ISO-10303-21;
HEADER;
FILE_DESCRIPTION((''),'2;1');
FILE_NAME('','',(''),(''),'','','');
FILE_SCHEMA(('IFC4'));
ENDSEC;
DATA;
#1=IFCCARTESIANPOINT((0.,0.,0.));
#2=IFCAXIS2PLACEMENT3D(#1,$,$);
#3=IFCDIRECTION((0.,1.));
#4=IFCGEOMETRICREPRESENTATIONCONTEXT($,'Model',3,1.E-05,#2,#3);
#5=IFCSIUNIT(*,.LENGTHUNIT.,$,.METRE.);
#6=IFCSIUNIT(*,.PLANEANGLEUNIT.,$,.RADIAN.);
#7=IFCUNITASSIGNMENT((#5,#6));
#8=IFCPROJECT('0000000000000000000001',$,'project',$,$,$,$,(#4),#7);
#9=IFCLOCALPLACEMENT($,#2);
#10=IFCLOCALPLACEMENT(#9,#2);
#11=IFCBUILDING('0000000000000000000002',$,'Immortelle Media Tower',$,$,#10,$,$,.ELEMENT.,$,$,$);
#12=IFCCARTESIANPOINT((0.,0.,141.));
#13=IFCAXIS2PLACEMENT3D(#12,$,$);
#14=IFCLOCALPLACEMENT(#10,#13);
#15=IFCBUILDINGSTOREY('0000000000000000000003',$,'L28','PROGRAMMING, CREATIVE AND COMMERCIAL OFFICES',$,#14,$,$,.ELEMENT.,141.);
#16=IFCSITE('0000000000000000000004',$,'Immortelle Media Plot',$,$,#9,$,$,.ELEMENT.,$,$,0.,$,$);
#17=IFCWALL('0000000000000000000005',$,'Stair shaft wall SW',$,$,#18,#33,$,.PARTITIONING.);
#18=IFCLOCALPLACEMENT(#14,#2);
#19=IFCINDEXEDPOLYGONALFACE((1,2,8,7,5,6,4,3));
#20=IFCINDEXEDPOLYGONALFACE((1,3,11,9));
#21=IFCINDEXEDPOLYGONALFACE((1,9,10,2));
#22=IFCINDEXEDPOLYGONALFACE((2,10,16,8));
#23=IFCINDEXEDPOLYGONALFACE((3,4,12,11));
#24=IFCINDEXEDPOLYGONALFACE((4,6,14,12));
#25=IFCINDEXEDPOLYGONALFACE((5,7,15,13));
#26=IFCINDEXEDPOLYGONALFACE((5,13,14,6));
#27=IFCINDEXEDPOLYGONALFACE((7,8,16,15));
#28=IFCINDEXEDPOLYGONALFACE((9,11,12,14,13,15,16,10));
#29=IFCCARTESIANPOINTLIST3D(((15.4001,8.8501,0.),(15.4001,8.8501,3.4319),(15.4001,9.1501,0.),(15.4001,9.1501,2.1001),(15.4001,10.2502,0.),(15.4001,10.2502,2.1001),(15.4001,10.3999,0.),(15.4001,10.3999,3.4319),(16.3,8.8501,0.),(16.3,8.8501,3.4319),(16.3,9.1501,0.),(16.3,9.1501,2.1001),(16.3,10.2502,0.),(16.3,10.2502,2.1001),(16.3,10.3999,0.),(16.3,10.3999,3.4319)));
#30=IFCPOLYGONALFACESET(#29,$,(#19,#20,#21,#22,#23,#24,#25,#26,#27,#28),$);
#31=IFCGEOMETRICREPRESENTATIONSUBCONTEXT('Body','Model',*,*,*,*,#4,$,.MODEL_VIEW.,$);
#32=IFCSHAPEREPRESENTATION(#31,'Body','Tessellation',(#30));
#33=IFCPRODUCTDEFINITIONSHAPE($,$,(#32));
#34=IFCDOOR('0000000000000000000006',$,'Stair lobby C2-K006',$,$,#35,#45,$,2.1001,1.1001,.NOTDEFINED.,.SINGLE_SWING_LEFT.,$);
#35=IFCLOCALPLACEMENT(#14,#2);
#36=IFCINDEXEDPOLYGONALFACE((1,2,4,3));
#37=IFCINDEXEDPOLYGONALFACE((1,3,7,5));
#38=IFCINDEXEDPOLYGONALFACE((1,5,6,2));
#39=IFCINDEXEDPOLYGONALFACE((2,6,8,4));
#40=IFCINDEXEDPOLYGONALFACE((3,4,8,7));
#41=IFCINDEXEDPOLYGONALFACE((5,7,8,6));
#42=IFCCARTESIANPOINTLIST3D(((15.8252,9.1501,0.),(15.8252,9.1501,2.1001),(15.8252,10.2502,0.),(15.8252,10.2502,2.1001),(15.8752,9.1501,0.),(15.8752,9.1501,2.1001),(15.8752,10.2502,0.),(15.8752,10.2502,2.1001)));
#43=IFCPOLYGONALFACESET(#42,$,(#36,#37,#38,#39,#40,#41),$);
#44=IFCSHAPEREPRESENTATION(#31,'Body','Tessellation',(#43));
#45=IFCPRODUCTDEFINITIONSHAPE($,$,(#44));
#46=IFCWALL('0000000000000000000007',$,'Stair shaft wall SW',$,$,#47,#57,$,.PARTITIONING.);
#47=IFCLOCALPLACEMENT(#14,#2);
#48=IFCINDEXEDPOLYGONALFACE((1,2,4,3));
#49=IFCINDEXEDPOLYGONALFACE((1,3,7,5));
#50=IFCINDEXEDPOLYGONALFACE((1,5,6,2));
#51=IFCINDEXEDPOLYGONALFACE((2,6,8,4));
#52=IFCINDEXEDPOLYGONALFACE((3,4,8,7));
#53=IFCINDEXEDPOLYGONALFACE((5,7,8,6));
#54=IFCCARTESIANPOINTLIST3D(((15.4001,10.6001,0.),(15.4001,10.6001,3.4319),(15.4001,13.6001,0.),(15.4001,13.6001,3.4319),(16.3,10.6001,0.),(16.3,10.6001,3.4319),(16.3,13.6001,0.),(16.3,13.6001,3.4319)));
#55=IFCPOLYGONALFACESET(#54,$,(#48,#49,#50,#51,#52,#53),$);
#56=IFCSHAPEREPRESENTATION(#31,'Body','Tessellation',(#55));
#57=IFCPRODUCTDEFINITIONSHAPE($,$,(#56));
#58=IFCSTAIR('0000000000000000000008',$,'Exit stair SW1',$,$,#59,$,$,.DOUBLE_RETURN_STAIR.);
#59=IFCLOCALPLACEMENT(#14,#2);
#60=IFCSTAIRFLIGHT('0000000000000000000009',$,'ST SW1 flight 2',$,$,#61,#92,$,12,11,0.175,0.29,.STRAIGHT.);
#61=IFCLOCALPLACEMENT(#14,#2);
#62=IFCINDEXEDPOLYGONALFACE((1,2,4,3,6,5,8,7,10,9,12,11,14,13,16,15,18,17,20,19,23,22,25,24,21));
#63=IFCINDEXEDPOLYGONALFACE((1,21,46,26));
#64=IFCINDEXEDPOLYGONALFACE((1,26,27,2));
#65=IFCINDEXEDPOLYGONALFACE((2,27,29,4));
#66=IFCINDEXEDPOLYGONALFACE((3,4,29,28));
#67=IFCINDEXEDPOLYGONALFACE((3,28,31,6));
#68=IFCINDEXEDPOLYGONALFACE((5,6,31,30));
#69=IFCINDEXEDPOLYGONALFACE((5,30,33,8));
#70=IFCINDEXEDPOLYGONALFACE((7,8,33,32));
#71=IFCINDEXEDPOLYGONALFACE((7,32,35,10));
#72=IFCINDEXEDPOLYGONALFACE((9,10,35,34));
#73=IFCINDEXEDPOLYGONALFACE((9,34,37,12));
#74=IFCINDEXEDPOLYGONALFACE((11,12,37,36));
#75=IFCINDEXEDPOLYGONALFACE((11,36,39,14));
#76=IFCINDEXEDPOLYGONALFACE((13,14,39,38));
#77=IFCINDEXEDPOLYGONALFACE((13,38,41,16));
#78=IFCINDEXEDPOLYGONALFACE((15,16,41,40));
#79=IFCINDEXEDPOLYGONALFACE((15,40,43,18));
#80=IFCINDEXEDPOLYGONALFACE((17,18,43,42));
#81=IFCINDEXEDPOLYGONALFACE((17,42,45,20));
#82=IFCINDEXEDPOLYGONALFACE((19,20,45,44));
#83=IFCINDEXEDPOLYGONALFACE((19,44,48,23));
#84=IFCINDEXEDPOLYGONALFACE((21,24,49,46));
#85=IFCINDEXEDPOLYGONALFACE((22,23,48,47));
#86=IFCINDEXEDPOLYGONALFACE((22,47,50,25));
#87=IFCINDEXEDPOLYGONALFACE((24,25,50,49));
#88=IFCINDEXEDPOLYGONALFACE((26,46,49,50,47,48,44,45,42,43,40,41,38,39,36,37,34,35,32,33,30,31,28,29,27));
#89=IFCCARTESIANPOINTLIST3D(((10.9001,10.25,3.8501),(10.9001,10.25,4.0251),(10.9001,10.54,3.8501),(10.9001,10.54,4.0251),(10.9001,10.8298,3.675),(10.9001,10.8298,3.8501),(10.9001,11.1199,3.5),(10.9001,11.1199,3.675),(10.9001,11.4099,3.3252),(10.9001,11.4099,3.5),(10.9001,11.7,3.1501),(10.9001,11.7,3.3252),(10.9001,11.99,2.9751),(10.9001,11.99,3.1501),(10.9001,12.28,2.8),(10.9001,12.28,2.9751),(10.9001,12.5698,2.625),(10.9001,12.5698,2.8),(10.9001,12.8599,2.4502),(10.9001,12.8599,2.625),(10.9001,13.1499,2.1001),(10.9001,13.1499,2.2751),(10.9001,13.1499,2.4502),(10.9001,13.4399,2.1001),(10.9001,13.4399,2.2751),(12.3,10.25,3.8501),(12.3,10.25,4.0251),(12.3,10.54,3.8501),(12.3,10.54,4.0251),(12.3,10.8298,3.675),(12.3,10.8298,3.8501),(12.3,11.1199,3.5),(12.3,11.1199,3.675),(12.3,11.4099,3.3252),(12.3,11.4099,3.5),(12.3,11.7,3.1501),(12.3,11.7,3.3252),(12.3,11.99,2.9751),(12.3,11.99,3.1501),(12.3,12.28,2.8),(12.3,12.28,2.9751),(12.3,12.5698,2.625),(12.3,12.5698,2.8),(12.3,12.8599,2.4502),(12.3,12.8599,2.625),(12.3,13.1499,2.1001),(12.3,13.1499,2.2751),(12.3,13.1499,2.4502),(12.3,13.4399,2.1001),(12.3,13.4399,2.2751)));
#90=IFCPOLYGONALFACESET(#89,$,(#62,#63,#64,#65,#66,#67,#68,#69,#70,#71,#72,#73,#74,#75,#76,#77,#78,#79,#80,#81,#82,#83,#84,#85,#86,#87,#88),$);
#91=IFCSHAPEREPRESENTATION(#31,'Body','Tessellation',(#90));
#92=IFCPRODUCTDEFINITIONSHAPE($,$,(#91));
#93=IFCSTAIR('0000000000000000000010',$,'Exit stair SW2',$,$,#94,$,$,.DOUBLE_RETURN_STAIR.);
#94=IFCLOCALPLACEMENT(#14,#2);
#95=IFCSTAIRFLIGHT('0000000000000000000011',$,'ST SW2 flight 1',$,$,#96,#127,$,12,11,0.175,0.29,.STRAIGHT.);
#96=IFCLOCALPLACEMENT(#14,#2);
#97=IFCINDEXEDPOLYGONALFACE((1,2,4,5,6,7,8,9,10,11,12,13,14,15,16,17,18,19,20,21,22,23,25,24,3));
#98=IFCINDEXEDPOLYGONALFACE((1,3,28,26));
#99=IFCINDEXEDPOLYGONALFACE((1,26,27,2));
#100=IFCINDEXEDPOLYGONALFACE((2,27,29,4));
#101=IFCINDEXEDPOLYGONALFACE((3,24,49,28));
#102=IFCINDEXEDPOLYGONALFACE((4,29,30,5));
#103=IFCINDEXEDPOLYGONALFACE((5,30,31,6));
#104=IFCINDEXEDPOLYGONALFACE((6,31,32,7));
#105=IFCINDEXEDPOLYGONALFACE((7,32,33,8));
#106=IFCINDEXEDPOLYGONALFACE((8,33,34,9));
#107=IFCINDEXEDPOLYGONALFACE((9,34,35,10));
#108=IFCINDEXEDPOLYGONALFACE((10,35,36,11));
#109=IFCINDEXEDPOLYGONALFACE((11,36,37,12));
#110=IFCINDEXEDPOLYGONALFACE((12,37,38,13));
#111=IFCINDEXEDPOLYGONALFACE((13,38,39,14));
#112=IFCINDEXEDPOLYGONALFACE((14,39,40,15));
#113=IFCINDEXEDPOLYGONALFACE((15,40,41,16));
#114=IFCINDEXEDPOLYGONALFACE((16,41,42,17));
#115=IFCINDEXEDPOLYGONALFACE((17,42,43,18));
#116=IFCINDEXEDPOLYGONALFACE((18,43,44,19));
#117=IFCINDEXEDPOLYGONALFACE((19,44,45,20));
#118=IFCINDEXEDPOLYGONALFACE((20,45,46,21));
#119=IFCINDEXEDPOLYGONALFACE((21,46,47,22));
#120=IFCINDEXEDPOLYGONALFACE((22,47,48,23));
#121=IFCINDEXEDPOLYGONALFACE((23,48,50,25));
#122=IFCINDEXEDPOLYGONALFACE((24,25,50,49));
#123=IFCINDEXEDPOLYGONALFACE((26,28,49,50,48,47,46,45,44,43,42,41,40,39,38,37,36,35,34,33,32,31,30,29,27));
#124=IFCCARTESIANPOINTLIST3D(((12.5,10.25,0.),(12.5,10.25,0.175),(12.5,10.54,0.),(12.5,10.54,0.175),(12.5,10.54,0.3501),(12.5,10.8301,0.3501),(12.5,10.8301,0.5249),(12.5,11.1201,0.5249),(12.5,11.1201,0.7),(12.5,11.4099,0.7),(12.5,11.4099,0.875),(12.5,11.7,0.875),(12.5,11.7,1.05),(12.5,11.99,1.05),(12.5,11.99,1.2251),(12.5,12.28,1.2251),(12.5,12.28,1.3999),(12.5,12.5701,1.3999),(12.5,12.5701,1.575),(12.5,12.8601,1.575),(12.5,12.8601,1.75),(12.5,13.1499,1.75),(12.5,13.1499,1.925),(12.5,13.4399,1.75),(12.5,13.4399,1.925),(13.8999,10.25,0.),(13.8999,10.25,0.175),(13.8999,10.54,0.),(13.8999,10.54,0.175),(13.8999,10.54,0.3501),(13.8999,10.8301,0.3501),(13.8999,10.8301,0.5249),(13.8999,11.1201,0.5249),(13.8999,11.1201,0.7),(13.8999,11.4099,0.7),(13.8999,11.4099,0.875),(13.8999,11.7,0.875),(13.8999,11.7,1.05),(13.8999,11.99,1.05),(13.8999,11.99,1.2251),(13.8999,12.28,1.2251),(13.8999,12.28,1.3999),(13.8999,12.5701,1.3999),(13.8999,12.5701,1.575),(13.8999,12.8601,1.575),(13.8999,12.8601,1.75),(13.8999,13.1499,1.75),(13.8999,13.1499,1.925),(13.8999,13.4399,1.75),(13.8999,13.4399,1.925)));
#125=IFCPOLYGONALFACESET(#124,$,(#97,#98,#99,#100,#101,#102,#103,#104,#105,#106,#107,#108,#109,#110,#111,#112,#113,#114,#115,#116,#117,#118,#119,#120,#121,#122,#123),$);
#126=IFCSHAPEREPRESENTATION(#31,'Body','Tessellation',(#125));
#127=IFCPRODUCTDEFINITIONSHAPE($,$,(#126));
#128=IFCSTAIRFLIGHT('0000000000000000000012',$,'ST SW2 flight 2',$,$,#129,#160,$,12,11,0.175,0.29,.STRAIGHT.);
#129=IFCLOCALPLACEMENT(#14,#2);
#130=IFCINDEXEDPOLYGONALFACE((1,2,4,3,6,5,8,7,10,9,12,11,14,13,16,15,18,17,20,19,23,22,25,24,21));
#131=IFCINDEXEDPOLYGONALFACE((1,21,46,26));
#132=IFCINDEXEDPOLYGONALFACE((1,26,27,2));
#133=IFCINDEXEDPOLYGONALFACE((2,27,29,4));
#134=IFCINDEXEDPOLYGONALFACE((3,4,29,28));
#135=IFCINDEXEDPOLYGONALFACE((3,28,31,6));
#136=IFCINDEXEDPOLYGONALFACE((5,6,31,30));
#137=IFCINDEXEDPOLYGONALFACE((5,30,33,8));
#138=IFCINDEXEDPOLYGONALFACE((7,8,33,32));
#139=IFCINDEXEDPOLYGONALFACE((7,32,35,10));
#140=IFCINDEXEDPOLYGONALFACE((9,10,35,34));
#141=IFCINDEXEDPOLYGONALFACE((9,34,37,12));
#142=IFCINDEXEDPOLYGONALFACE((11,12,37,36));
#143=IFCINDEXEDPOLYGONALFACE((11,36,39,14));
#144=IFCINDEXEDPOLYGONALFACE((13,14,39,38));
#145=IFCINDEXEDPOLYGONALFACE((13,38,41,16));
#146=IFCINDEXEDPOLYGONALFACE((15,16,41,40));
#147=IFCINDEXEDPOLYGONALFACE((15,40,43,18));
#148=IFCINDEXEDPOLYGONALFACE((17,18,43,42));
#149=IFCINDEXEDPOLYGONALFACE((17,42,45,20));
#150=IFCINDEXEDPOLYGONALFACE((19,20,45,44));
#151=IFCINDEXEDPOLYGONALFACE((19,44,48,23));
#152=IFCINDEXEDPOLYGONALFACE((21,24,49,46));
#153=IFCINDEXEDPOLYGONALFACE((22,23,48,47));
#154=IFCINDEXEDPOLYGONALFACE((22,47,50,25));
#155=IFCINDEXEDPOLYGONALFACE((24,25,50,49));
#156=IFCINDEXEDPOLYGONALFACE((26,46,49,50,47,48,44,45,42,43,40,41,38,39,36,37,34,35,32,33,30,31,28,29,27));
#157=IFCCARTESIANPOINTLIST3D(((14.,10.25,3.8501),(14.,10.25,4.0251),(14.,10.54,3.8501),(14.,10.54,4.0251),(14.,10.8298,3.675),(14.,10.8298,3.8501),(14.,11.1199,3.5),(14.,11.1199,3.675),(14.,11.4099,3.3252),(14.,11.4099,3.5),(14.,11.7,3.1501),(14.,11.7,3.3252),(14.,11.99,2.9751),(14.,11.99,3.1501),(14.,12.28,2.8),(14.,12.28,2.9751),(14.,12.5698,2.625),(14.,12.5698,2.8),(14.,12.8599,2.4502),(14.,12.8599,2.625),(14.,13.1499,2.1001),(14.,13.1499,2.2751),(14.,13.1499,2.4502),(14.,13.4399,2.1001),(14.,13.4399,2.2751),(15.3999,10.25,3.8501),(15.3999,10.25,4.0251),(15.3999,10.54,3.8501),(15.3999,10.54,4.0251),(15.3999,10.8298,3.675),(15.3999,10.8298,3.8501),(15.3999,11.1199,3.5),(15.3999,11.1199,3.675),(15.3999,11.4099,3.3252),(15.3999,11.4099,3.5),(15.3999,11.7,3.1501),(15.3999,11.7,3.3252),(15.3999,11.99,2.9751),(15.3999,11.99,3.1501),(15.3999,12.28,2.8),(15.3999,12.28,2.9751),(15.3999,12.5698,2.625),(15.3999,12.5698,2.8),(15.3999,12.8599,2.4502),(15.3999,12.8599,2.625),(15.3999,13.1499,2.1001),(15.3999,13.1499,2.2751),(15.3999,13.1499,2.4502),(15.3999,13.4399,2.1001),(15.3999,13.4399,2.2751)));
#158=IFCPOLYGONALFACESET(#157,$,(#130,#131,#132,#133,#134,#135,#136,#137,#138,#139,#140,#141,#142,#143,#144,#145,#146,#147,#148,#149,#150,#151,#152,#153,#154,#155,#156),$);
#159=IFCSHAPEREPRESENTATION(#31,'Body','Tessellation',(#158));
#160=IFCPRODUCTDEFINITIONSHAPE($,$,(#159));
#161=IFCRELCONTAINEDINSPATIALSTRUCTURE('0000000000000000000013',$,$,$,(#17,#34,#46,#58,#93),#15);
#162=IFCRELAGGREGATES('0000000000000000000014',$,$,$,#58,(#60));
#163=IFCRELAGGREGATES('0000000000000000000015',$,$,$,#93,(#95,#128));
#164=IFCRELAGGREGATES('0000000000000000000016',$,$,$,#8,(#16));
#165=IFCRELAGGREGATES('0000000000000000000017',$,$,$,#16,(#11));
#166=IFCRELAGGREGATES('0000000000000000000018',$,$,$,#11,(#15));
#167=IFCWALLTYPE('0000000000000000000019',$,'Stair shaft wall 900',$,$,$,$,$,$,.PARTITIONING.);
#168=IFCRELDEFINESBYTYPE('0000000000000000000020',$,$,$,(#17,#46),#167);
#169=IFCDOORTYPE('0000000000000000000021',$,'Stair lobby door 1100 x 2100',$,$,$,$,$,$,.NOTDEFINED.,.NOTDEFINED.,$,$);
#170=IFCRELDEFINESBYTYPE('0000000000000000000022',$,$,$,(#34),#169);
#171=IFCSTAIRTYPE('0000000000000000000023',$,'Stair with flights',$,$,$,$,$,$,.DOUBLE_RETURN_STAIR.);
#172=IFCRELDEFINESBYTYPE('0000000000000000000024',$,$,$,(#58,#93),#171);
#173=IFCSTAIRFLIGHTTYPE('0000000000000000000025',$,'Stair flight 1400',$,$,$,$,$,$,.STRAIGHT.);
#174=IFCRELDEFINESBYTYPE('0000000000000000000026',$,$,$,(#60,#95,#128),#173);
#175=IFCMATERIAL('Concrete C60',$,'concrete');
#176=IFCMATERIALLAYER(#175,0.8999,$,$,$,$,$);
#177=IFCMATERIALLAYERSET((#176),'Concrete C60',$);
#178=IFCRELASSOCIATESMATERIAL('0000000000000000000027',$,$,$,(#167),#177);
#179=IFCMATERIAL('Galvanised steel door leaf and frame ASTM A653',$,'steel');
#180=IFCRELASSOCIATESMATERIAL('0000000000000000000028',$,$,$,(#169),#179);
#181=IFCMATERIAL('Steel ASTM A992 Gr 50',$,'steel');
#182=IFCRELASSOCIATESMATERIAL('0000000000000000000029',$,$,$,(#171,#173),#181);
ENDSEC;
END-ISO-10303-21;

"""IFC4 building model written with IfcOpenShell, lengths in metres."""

from ifc_helpers import new_model, si_unit, direction, frame, frame_2d, origin, place, context, subcontext, project, spatial, polyline, rectangle, outline, extrude, material, layer, layer_set, type_object, element, fill, aggregate, save


model = new_model("IFC4")

# Units and contexts
model_context = context("Model", 3, precision=1e-05, world=origin(), true_north=direction((0.0, 1.0)))
body_context = subcontext(model_context, "Body", "Model", "MODEL_VIEW")
ifc_project = project(units=[si_unit("LENGTHUNIT", "METRE"), si_unit("PLANEANGLEUNIT", "RADIAN")], contexts=[model_context])

# Site, building, storey
site_placement = place(None, origin())
site = spatial("IfcSite", under=ifc_project, at=site_placement, Name="Immortelle Media Plot", CompositionType="ELEMENT", RefElevation=0.0)
building_placement = place(site_placement, origin())
building = spatial("IfcBuilding", under=site, at=building_placement, Name="Immortelle Media Tower", CompositionType="ELEMENT")
storey_placement = place(building_placement, frame((0.0, 0.0, 141.0)))
storey = spatial("IfcBuildingStorey", under=building, at=storey_placement, Name="L28", Description="PROGRAMMING, CREATIVE AND COMMERCIAL OFFICES", CompositionType="ELEMENT", Elevation=141.0)

# Shared definitions
ifc_material_1 = material(Name="Steel ASTM A992 Gr 50", Category="steel")

# Shared definitions
ifc_material_2 = material(Name="Concrete C60", Category="concrete")

# Wall, opening, door
ifc_layer_1 = layer(ifc_material_2, 0.8999)
ifc_layer_set_1 = layer_set([ifc_layer_1], Name="Concrete C60")
wall_type_1 = type_object("IfcWallType", Name="Stair shaft wall 900", PredefinedType="PARTITIONING", material=ifc_layer_set_1)
wall_1_placement = place(storey_placement, frame((15.8501, 8.8501, 0.0), z_axis=(0.0, 0.0, 1.0), x_axis=(0.0, 1.0, 0.0)))
wall_1 = element("IfcWall", 1, at=wall_1_placement, inside=storey, type_object=wall_type_1, Name="Stair shaft wall SW", PredefinedType="PARTITIONING", context=body_context, shape_type="SweptSolid", body=[
    extrude(rectangle(XDim=1.5498, YDim=0.8999, at=frame_2d((0.7749, 0.0))), origin(), (0.0, 0.0, 1.0), 3.4319),
])
opening_1_placement = place(wall_1_placement, frame((0.3, 0.0, 0.0)))
opening_1 = element("IfcOpeningElement", 2, at=opening_1_placement, cuts=wall_1, PredefinedType="OPENING", context=body_context, shape_type="SweptSolid", body=[
    extrude(rectangle(XDim=1.1001, YDim=2.1001, at=frame_2d((0.55, 1.05))), frame((0.0, 0.46, 0.0), z_axis=(0.0, -1.0, 0.0), x_axis=(1.0, 0.0, 0.0)), (0.0, 0.0, 1.0), 0.9199),
])
ifc_material_3 = material(Name="Galvanised steel door leaf and frame ASTM A653", Category="steel")
door_type_1 = type_object("IfcDoorType", Name="Stair lobby door 1100 x 2100", OperationType="NOTDEFINED", PredefinedType="NOTDEFINED", material=ifc_material_3)
door_1_placement = place(opening_1_placement, origin())
door_1 = element("IfcDoor", 3, at=door_1_placement, inside=storey, type_object=door_type_1, Name="Stair lobby C2-K006", OperationType="SINGLE_SWING_LEFT", OverallHeight=2.1001, OverallWidth=1.1001, PredefinedType="NOTDEFINED", context=body_context, shape_type="SweptSolid", body=[
    extrude(rectangle(XDim=1.1001, YDim=2.1001, at=frame_2d((0.55, 1.05))), frame((0.0, 0.0249, 0.0), z_axis=(0.0, -1.0, 0.0), x_axis=(1.0, 0.0, 0.0)), (0.0, 0.0, 1.0), 0.05),
])
fill(opening_1, door_1)

# Wall
wall_2_placement = place(storey_placement, frame((15.8501, 10.6001, 0.0), z_axis=(0.0, 0.0, 1.0), x_axis=(0.0, 1.0, 0.0)))
element("IfcWall", 4, at=wall_2_placement, inside=storey, type_object=wall_type_1, Name="Stair shaft wall SW", PredefinedType="PARTITIONING", context=body_context, shape_type="SweptSolid", body=[
    extrude(rectangle(XDim=3.0, YDim=0.8999, at=frame_2d((1.5, 0.0))), origin(), (0.0, 0.0, 1.0), 3.4319),
])

# Stair, stair flight
stair_type = type_object("IfcStairType", Name="Stair with flights", PredefinedType="DOUBLE_RETURN_STAIR", material=ifc_material_1)
stair_1_placement = place(storey_placement, origin())
stair_1 = element("IfcStair", 5, at=stair_1_placement, inside=storey, type_object=stair_type, Name="Exit stair SW1", PredefinedType="DOUBLE_RETURN_STAIR")
stair_flight_type = type_object("IfcStairFlightType", Name="Stair flight 1400", PredefinedType="STRAIGHT", material=ifc_material_1)
stair_flight_1_placement = place(storey_placement, frame((11.6001, 13.4399, 2.1001), z_axis=(0.0, 0.0, 1.0), x_axis=(0.0, -1.0, 0.0)))
stair_flight_1 = element("IfcStairFlight", 6, at=stair_flight_1_placement, type_object=stair_flight_type, Name="ST SW1 flight 2", NumberOfRisers=12, NumberOfTreads=11, PredefinedType="STRAIGHT", RiserHeight=0.175, TreadLength=0.29, context=body_context, shape_type="SweptSolid", body=[
    extrude(outline(polyline([(0.0, 0.0), (0.0, 0.175), (0.29, 0.175), (0.29, 0.3501), (0.5801, 0.3501), (0.5801, 0.5249), (0.8701, 0.5249), (0.8701, 0.7), (1.1599, 0.7), (1.1599, 0.875), (1.45, 0.875), (1.45, 1.05), (1.74, 1.05), (1.74, 1.2251), (2.03, 1.2251), (2.03, 1.3999), (2.3201, 1.3999), (2.3201, 1.575), (2.6101, 1.575), (2.6101, 1.75), (2.8999, 1.75), (2.8999, 1.925), (3.1899, 1.925), (3.1899, 2.1001), (3.1899, 1.75), (0.29, 0.0), (0.0, 0.0)])), frame((0.0, 0.7, 0.0), z_axis=(0.0, -1.0, 0.0), x_axis=(1.0, 0.0, 0.0)), (0.0, 0.0, 1.0), 1.3999),
])
aggregate(stair_1, [stair_flight_1])

# Stair, stair flights
stair_2_placement = place(storey_placement, origin())
stair_2 = element("IfcStair", 7, at=stair_2_placement, inside=storey, type_object=stair_type, Name="Exit stair SW2", PredefinedType="DOUBLE_RETURN_STAIR")
stair_flight_2_placement = place(storey_placement, frame((13.2, 10.25, 0.0), z_axis=(0.0, 0.0, 1.0), x_axis=(0.0, 1.0, 0.0)))
stair_flight_2 = element("IfcStairFlight", 8, at=stair_flight_2_placement, type_object=stair_flight_type, Name="ST SW2 flight 1", NumberOfRisers=12, NumberOfTreads=11, PredefinedType="STRAIGHT", RiserHeight=0.175, TreadLength=0.29, context=body_context, shape_type="SweptSolid", body=[
    extrude(outline(polyline([(0.0, 0.0), (0.0, 0.175), (0.29, 0.175), (0.29, 0.3501), (0.5801, 0.3501), (0.5801, 0.5249), (0.8701, 0.5249), (0.8701, 0.7), (1.1599, 0.7), (1.1599, 0.875), (1.45, 0.875), (1.45, 1.05), (1.74, 1.05), (1.74, 1.2251), (2.03, 1.2251), (2.03, 1.3999), (2.3201, 1.3999), (2.3201, 1.575), (2.6101, 1.575), (2.6101, 1.75), (2.8999, 1.75), (2.8999, 1.925), (3.1899, 1.925), (3.1899, 2.1001), (3.1899, 1.75), (0.29, 0.0), (0.0, 0.0)])), frame((0.0, 0.7, 0.0), z_axis=(0.0, -1.0, 0.0), x_axis=(1.0, 0.0, 0.0)), (0.0, 0.0, 1.0), 1.3999),
])
stair_flight_3_placement = place(storey_placement, frame((14.7, 13.4399, 2.1001), z_axis=(0.0, 0.0, 1.0), x_axis=(0.0, -1.0, 0.0)))
stair_flight_3 = element("IfcStairFlight", 9, at=stair_flight_3_placement, type_object=stair_flight_type, Name="ST SW2 flight 2", NumberOfRisers=12, NumberOfTreads=11, PredefinedType="STRAIGHT", RiserHeight=0.175, TreadLength=0.29, context=body_context, shape_type="SweptSolid", body=[
    extrude(outline(polyline([(0.0, 0.0), (0.0, 0.175), (0.29, 0.175), (0.29, 0.3501), (0.5801, 0.3501), (0.5801, 0.5249), (0.8701, 0.5249), (0.8701, 0.7), (1.1599, 0.7), (1.1599, 0.875), (1.45, 0.875), (1.45, 1.05), (1.74, 1.05), (1.74, 1.2251), (2.03, 1.2251), (2.03, 1.3999), (2.3201, 1.3999), (2.3201, 1.575), (2.6101, 1.575), (2.6101, 1.75), (2.8999, 1.75), (2.8999, 1.925), (3.1899, 1.925), (3.1899, 2.1001), (3.1899, 1.75), (0.29, 0.0), (0.0, 0.0)])), frame((0.0, 0.7, 0.0), z_axis=(0.0, -1.0, 0.0), x_axis=(1.0, 0.0, 0.0)), (0.0, 0.0, 1.0), 1.3999),
])
aggregate(stair_2, [stair_flight_2, stair_flight_3])

save(model, "model.ifc")
